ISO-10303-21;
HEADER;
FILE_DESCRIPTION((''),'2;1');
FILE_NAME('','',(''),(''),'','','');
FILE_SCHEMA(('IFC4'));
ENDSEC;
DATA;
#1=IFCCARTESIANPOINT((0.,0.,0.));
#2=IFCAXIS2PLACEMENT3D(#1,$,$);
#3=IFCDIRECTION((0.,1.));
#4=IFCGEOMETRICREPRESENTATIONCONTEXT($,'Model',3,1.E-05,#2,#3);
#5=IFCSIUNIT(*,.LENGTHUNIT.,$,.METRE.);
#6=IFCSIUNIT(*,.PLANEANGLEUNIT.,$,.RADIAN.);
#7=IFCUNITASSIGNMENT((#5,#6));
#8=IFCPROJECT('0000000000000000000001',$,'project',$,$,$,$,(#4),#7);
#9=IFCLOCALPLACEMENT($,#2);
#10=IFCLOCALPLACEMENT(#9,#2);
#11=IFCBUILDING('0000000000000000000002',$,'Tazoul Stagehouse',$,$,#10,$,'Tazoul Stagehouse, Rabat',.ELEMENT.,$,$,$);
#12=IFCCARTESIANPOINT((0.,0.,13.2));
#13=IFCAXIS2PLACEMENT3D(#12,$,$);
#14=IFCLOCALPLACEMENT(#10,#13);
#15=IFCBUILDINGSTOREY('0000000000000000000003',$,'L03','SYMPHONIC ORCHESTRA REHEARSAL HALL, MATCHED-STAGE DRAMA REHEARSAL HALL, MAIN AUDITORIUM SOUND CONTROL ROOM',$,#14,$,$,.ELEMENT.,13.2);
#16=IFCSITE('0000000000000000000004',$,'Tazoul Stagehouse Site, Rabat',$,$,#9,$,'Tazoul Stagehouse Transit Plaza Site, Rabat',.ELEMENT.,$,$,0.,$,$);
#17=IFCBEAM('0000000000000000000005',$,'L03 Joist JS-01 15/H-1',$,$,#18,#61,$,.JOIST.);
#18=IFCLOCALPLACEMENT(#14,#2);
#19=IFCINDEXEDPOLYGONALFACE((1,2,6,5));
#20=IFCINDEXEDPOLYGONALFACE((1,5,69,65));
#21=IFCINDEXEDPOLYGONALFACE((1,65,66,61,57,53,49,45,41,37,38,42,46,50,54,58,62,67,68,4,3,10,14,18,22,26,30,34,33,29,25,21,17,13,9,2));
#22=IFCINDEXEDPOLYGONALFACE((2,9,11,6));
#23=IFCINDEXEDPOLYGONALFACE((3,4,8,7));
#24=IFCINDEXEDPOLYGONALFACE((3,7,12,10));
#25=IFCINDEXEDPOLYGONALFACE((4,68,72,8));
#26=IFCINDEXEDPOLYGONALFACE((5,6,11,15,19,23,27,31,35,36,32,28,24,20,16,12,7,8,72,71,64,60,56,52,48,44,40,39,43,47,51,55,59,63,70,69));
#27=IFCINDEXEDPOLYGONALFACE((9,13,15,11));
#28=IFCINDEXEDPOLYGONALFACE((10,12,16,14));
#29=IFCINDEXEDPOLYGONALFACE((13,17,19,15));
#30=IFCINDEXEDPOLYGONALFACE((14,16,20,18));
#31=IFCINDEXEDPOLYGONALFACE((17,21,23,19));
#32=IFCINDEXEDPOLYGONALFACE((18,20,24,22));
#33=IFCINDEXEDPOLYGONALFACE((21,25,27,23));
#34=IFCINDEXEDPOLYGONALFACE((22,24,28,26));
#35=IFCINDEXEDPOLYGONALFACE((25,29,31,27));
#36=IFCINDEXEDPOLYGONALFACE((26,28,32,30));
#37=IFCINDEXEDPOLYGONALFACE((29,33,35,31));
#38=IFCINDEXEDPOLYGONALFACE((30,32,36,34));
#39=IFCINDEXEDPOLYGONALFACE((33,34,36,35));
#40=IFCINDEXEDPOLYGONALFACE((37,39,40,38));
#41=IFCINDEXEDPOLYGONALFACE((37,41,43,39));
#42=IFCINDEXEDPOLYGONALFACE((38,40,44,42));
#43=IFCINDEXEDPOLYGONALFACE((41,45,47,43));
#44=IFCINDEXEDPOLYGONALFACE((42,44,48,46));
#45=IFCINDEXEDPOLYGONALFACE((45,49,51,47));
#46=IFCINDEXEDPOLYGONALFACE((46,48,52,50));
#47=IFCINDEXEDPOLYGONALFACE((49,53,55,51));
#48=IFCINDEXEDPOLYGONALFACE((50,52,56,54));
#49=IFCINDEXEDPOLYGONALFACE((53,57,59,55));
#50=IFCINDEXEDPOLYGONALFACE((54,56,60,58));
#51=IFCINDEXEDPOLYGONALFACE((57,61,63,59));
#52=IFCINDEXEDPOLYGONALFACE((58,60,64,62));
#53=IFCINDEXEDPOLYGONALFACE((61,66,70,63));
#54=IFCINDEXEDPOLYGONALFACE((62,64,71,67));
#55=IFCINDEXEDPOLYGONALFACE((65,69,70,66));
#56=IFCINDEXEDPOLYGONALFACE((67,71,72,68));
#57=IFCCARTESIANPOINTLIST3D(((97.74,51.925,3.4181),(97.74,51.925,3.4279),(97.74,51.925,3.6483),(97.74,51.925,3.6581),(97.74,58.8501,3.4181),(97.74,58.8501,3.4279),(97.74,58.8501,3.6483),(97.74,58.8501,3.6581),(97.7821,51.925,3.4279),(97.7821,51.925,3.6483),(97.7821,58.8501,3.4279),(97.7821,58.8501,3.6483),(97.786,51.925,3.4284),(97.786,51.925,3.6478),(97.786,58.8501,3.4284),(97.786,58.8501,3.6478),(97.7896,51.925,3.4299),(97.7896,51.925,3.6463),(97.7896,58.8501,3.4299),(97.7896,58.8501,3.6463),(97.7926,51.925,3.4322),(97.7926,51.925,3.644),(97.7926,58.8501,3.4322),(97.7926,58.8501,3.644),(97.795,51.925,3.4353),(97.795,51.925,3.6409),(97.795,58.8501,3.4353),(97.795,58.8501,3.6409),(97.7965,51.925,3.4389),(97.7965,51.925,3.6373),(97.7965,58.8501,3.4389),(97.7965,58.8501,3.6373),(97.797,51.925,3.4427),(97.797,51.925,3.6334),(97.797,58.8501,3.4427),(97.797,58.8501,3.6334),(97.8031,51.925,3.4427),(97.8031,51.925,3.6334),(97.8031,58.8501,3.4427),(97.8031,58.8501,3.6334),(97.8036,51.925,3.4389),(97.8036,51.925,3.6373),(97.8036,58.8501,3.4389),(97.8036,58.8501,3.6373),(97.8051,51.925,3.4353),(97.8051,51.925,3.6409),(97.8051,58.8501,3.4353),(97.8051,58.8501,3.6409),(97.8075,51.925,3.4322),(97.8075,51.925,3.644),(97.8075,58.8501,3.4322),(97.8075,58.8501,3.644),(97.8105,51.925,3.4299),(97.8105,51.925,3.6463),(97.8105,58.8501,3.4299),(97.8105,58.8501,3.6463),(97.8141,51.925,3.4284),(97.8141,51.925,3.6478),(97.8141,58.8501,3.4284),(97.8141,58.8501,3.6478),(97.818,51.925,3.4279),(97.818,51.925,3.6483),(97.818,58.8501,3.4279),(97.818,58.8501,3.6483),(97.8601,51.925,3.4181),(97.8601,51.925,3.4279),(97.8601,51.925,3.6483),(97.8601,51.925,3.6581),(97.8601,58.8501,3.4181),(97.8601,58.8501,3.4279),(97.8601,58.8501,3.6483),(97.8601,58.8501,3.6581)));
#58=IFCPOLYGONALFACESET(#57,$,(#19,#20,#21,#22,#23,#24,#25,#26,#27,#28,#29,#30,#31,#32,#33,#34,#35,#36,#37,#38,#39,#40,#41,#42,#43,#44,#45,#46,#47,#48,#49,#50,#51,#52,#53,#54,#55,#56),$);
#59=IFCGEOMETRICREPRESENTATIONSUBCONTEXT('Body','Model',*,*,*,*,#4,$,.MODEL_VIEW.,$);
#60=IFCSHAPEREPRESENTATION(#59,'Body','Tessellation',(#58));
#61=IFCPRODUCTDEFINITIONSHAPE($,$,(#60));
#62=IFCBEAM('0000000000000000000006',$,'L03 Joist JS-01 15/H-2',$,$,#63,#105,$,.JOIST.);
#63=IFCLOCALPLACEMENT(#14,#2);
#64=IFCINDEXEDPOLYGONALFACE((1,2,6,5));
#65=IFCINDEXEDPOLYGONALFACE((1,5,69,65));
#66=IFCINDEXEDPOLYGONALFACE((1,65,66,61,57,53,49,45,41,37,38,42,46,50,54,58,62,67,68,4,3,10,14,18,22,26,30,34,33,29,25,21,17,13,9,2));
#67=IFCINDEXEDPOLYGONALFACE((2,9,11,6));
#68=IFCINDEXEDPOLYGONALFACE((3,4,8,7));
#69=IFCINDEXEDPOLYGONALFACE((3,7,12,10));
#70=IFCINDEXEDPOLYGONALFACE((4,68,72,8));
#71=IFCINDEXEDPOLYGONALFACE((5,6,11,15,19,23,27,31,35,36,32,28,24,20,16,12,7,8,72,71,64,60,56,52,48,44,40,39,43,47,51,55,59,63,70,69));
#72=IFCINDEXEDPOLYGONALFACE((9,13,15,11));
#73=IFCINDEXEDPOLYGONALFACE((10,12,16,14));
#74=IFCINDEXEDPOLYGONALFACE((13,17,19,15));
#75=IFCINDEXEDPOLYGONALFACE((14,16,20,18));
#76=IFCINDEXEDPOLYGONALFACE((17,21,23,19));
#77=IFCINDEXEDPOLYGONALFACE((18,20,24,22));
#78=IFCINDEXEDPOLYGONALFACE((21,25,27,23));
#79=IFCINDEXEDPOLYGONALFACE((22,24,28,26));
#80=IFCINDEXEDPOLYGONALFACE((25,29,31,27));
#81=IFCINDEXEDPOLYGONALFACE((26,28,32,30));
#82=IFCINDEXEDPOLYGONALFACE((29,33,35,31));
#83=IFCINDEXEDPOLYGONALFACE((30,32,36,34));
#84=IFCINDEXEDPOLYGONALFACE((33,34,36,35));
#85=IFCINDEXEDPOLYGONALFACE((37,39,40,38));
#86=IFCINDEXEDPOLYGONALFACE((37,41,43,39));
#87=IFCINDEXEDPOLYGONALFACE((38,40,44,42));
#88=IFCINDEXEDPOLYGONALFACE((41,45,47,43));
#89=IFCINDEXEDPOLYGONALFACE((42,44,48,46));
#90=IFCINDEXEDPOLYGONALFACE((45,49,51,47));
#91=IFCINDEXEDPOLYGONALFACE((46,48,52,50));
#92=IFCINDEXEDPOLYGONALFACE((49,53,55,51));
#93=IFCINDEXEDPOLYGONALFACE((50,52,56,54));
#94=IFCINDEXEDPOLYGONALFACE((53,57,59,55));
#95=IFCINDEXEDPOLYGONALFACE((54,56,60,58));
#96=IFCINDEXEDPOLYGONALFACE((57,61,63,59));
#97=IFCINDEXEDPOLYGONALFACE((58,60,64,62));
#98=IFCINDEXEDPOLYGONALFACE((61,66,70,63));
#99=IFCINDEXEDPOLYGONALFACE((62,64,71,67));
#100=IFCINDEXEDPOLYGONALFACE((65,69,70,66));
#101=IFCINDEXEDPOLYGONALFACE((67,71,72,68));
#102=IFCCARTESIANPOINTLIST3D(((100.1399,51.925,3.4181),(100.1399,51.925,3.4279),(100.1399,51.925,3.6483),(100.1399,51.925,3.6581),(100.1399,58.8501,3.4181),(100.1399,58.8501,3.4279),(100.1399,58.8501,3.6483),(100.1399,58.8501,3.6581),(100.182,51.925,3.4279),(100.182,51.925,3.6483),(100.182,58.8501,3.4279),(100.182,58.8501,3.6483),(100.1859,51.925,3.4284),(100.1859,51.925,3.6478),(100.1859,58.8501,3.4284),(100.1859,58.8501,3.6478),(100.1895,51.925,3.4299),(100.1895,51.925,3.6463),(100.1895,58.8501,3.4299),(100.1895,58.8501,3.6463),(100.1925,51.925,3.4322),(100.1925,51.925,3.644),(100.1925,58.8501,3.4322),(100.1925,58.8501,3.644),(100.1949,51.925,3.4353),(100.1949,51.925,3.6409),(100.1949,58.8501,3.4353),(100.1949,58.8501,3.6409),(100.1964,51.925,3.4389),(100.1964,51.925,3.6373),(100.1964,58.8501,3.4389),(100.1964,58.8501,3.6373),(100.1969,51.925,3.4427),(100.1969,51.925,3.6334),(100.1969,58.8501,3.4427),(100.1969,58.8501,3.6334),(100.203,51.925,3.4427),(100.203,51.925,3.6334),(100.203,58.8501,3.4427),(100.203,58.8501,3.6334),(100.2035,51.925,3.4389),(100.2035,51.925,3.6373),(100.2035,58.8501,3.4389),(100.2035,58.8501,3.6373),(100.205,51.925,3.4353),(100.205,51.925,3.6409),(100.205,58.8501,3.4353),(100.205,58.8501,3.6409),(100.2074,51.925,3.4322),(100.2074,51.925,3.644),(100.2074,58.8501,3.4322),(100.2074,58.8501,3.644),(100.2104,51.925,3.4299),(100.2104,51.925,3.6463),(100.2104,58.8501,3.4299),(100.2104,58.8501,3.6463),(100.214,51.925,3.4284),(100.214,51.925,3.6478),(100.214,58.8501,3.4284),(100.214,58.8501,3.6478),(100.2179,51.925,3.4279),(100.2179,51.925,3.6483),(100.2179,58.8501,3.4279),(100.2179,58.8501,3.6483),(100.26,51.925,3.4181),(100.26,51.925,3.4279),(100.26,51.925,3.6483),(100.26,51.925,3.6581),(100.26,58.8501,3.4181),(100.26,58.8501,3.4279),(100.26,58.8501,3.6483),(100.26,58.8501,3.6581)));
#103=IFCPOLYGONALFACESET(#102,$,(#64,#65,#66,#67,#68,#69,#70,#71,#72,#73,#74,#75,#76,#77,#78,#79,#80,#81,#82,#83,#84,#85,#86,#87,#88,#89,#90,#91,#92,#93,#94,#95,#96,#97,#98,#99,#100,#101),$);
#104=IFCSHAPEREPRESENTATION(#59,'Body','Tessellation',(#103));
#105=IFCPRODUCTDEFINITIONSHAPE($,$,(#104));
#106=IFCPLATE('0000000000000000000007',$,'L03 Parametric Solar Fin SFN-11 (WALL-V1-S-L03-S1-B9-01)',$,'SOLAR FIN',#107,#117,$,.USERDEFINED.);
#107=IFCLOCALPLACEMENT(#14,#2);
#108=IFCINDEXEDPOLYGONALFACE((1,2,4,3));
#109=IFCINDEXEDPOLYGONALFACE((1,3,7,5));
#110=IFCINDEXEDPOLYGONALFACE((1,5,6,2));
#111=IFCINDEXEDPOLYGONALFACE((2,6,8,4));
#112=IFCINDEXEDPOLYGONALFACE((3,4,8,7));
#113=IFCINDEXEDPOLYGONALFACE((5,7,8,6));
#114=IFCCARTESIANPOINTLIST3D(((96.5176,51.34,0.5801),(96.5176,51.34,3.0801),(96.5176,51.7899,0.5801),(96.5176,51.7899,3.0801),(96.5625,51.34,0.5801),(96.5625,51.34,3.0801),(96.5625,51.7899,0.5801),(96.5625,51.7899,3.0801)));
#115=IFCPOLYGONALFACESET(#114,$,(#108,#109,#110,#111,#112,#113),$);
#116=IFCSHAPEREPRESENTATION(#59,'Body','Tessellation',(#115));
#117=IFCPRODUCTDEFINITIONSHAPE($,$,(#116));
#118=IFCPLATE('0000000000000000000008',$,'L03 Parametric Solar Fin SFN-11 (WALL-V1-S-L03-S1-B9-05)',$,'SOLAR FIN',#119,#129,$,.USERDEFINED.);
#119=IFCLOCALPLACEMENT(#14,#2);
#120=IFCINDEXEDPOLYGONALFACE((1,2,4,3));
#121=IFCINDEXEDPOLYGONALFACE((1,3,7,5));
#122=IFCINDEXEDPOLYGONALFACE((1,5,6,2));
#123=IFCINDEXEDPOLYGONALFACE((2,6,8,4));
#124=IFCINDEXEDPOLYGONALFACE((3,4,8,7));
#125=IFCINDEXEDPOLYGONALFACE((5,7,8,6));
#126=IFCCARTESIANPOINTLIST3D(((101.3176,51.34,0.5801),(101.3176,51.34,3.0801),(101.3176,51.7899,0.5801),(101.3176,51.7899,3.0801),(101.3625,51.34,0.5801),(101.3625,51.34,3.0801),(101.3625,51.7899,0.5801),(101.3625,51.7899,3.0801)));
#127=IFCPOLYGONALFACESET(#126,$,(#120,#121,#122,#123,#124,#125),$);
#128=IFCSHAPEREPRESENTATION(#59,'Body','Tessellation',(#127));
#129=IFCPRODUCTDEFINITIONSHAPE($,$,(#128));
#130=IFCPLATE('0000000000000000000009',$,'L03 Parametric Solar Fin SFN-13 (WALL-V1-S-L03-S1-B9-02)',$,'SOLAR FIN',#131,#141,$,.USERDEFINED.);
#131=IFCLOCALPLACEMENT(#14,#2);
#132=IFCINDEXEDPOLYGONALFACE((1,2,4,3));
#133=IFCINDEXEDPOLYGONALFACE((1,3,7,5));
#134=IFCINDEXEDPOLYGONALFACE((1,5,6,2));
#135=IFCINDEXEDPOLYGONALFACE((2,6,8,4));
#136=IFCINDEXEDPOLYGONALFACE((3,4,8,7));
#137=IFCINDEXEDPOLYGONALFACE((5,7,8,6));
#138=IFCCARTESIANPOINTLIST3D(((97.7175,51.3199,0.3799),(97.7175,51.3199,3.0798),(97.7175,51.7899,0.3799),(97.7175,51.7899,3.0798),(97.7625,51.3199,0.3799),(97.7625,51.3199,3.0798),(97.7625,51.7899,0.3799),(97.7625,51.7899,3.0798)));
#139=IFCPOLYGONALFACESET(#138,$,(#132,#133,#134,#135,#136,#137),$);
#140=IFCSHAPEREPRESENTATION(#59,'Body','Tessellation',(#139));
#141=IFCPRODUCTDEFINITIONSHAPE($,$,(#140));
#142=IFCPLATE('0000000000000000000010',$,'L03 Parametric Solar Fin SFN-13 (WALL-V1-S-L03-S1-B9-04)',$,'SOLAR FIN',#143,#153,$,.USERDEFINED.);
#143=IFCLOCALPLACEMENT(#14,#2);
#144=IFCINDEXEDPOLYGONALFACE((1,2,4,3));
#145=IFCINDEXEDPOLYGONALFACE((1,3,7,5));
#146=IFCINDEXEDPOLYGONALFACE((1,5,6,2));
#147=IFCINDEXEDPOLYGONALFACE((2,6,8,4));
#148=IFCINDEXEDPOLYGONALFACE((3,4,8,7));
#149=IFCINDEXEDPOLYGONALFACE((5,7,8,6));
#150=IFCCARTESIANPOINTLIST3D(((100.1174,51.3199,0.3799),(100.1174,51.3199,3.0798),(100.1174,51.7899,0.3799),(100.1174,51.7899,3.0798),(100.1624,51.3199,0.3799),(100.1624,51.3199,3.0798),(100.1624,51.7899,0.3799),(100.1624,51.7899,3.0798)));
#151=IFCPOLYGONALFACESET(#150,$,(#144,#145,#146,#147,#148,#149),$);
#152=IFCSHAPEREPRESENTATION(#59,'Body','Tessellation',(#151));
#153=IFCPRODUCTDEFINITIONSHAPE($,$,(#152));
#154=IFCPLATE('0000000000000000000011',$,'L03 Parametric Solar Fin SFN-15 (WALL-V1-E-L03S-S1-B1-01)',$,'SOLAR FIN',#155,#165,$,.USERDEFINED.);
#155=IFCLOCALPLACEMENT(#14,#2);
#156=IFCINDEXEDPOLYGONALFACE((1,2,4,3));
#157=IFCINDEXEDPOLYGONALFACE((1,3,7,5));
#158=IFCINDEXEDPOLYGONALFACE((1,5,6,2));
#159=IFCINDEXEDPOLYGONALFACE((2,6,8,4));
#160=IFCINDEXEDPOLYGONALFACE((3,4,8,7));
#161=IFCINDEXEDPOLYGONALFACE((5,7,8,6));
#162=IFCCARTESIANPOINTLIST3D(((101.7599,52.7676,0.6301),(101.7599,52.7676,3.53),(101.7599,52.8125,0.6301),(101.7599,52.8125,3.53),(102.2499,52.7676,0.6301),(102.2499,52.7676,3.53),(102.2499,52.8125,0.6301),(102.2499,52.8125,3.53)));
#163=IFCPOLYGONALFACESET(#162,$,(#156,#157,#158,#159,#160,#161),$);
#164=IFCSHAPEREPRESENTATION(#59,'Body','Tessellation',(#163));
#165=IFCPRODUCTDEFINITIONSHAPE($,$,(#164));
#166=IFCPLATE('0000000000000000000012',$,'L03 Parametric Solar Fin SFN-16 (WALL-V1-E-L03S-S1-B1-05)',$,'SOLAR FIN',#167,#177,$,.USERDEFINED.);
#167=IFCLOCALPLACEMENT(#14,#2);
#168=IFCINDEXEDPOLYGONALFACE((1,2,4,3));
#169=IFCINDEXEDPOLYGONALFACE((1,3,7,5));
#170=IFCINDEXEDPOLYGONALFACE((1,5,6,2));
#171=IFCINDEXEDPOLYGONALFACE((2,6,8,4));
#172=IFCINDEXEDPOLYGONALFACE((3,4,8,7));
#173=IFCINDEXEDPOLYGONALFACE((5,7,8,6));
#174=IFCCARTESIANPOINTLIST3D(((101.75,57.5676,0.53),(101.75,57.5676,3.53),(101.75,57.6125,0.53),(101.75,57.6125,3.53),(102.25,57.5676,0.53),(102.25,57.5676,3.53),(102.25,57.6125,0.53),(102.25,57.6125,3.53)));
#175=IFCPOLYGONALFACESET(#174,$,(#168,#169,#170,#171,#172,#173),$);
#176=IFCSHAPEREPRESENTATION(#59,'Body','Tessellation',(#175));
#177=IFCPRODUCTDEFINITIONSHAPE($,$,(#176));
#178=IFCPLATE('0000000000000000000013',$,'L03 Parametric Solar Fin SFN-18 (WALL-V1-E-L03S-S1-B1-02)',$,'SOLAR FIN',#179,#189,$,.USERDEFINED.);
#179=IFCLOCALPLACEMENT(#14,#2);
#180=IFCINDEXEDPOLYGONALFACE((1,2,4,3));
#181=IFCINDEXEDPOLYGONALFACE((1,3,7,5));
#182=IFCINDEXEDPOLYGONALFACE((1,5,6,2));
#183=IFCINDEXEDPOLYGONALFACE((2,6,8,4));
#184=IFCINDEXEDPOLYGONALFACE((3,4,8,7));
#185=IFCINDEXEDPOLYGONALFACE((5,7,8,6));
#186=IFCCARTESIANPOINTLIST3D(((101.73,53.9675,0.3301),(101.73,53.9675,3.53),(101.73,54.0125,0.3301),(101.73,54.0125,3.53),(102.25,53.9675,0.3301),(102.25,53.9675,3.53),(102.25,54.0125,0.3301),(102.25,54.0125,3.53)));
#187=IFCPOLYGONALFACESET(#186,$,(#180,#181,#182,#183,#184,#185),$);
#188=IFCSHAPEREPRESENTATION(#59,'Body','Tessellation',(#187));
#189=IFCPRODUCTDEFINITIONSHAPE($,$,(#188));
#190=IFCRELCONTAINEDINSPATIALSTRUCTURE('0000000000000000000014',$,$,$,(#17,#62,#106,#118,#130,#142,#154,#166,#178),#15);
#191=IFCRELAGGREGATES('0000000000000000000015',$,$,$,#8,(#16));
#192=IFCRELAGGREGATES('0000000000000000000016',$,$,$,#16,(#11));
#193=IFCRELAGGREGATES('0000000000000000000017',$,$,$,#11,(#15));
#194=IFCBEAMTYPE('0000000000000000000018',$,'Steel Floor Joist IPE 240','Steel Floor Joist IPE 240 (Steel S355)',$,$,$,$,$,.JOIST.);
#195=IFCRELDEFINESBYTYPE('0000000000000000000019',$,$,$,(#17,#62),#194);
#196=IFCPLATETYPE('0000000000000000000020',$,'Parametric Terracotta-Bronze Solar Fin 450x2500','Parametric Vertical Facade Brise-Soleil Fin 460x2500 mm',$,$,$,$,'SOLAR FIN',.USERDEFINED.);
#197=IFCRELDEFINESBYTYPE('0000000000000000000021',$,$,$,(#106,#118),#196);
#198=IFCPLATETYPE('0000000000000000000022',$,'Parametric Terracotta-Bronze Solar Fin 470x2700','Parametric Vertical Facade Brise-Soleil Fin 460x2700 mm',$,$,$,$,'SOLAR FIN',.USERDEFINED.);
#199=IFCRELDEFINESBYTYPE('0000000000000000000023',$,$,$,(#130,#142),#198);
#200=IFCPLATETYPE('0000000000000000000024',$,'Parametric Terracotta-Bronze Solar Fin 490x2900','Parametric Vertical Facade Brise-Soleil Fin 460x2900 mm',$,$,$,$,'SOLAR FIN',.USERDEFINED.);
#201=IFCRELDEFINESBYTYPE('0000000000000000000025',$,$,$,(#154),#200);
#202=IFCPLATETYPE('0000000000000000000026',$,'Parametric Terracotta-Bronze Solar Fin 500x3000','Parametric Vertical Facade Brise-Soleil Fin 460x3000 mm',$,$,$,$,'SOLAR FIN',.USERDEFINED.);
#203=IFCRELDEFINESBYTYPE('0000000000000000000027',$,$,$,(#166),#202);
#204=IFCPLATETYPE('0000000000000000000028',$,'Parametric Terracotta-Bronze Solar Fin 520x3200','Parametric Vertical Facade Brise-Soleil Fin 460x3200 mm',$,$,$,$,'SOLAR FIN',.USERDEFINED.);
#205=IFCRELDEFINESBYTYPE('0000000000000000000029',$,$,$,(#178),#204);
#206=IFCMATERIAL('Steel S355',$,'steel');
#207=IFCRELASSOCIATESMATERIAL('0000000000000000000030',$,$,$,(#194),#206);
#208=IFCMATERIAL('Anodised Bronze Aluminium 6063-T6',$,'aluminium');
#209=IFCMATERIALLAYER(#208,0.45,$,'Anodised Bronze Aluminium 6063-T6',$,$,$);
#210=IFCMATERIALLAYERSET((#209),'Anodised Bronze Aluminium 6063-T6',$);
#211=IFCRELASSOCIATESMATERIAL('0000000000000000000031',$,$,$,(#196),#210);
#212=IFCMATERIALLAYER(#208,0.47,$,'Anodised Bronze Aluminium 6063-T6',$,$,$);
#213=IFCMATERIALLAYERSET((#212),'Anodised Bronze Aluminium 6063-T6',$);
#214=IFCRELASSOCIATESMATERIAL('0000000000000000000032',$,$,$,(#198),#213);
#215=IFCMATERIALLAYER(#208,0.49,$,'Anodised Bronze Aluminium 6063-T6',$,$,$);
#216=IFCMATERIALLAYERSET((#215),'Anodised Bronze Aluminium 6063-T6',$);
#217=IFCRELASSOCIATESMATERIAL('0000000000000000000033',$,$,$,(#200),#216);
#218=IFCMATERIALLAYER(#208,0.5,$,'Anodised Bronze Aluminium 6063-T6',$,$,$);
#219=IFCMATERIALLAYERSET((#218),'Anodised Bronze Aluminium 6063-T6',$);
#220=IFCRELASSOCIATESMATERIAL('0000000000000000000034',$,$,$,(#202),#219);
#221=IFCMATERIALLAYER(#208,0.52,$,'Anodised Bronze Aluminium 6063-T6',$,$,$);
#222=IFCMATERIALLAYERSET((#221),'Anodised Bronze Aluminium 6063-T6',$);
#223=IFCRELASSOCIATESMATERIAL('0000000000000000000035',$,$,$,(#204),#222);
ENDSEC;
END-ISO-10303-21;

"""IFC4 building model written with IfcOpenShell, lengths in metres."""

from ifc_helpers import new_model, si_unit, direction, frame, origin, origin_2d, place, context, subcontext, project, spatial, rectangle, i_section, extrude, material, layer, layer_set, material_profile, profile_set, type_object, element, save


model = new_model("IFC4")

# Units and contexts
model_context = context("Model", 3, precision=1e-05, world=origin(), true_north=direction((0.0, 1.0)))
body_context = subcontext(model_context, "Body", "Model", "MODEL_VIEW")
ifc_project = project(units=[si_unit("LENGTHUNIT", "METRE"), si_unit("PLANEANGLEUNIT", "RADIAN")], contexts=[model_context])

# Site, building, storey
site_placement = place(None, origin())
site = spatial("IfcSite", under=ifc_project, at=site_placement, Name="Tazoul Stagehouse Site, Rabat", LongName="Tazoul Stagehouse Transit Plaza Site, Rabat", CompositionType="ELEMENT", RefElevation=0.0)
building_placement = place(site_placement, origin())
building = spatial("IfcBuilding", under=site, at=building_placement, Name="Tazoul Stagehouse", LongName="Tazoul Stagehouse, Rabat", CompositionType="ELEMENT")
storey_placement = place(building_placement, frame((0.0, 0.0, 13.2)))
storey = spatial("IfcBuildingStorey", under=building, at=storey_placement, Name="L03", Description="SYMPHONIC ORCHESTRA REHEARSAL HALL, MATCHED-STAGE DRAMA REHEARSAL HALL, MAIN AUDITORIUM SOUND CONTROL ROOM", CompositionType="ELEMENT", Elevation=13.2)

# Beams
ifc_material_1 = material(Name="Steel S355", Category="steel")
ifc_material_profile_1 = material_profile(ifc_material_1, i_section(OverallWidth=0.1201, OverallDepth=0.24, WebThickness=0.0061, FlangeThickness=0.0098, FilletRadius=0.0149, at=origin_2d()), Name="IPE 240")
ifc_profile_set_1 = profile_set([ifc_material_profile_1], Name="Steel S355")
beam_type_1 = type_object("IfcBeamType", Name="Steel Floor Joist IPE 240", Description="Steel Floor Joist IPE 240 (Steel S355)", PredefinedType="JOIST", material=ifc_profile_set_1)
for number, where, z_axis, x_axis, name in (
    (1, (97.8, 51.925, 3.5381), (0.0, 1.0, 0.0), (-1.0, 0.0, 0.0), "L03 Joist JS-01 15/H-1"),
    (2, (100.2, 51.925, 3.5381), (0.0, 1.0, 0.0), (-1.0, 0.0, 0.0), "L03 Joist JS-01 15/H-2"),
):
    element("IfcBeam", number, at=place(storey_placement, frame(where, z_axis=z_axis, x_axis=x_axis)), inside=storey, type_object=beam_type_1, Name=name, PredefinedType="JOIST", context=body_context, shape_type="SweptSolid", body=[
        extrude(i_section(OverallWidth=0.1201, OverallDepth=0.24, WebThickness=0.0061, FlangeThickness=0.0098, FilletRadius=0.0149, at=origin_2d()), origin(), (0.0, 0.0, 1.0), 6.925),
    ])

# Plates
ifc_material_2 = material(Name="Anodised Bronze Aluminium 6063-T6", Category="aluminium")
ifc_layer_1 = layer(ifc_material_2, 0.45, Name="Anodised Bronze Aluminium 6063-T6")
ifc_layer_set_1 = layer_set([ifc_layer_1], Name="Anodised Bronze Aluminium 6063-T6")
plate_type_1 = type_object("IfcPlateType", Name="Parametric Terracotta-Bronze Solar Fin 450x2500", Description="Parametric Vertical Facade Brise-Soleil Fin 460x2500 mm", ElementType="SOLAR FIN", PredefinedType="USERDEFINED", material=ifc_layer_set_1)
for number, where, z_axis, x_axis, name in (
    (3, (96.54, 51.5649, 0.5801), (0.0, 0.0, 1.0), (1.0, 0.0, 0.0), "L03 Parametric Solar Fin SFN-11 (WALL-V1-S-L03-S1-B9-01)"),
    (4, (101.3401, 51.5649, 0.5801), (0.0, 0.0, 1.0), (1.0, 0.0, 0.0), "L03 Parametric Solar Fin SFN-11 (WALL-V1-S-L03-S1-B9-05)"),
):
    element("IfcPlate", number, at=place(storey_placement, frame(where, z_axis=z_axis, x_axis=x_axis)), inside=storey, type_object=plate_type_1, Name=name, ObjectType="SOLAR FIN", PredefinedType="USERDEFINED", context=body_context, shape_type="SweptSolid", body=[
        extrude(rectangle(XDim=0.0449, YDim=0.45, at=origin_2d()), origin(), (0.0, 0.0, 1.0), 2.5),
    ])
ifc_layer_2 = layer(ifc_material_2, 0.47, Name="Anodised Bronze Aluminium 6063-T6")
ifc_layer_set_2 = layer_set([ifc_layer_2], Name="Anodised Bronze Aluminium 6063-T6")
plate_type_2 = type_object("IfcPlateType", Name="Parametric Terracotta-Bronze Solar Fin 470x2700", Description="Parametric Vertical Facade Brise-Soleil Fin 460x2700 mm", ElementType="SOLAR FIN", PredefinedType="USERDEFINED", material=ifc_layer_set_2)
for number, where, z_axis, x_axis, name in (
    (5, (97.74, 51.5549, 0.3799), (0.0, 0.0, 1.0), (1.0, 0.0, 0.0), "L03 Parametric Solar Fin SFN-13 (WALL-V1-S-L03-S1-B9-02)"),
    (6, (100.1399, 51.5549, 0.3799), (0.0, 0.0, 1.0), (1.0, 0.0, 0.0), "L03 Parametric Solar Fin SFN-13 (WALL-V1-S-L03-S1-B9-04)"),
):
    element("IfcPlate", number, at=place(storey_placement, frame(where, z_axis=z_axis, x_axis=x_axis)), inside=storey, type_object=plate_type_2, Name=name, ObjectType="SOLAR FIN", PredefinedType="USERDEFINED", context=body_context, shape_type="SweptSolid", body=[
        extrude(rectangle(XDim=0.0449, YDim=0.47, at=origin_2d()), origin(), (0.0, 0.0, 1.0), 2.7),
    ])
ifc_layer_3 = layer(ifc_material_2, 0.49, Name="Anodised Bronze Aluminium 6063-T6")
ifc_layer_set_3 = layer_set([ifc_layer_3], Name="Anodised Bronze Aluminium 6063-T6")
plate_type_3 = type_object("IfcPlateType", Name="Parametric Terracotta-Bronze Solar Fin 490x2900", Description="Parametric Vertical Facade Brise-Soleil Fin 460x2900 mm", ElementType="SOLAR FIN", PredefinedType="USERDEFINED", material=ifc_layer_set_3)
plate_1_placement = place(storey_placement, frame((102.0049, 52.79, 0.6301), z_axis=(0.0, 0.0, 1.0), x_axis=(0.0, 1.0, 0.0)))
element("IfcPlate", 7, at=plate_1_placement, inside=storey, type_object=plate_type_3, Name="L03 Parametric Solar Fin SFN-15 (WALL-V1-E-L03S-S1-B1-01)", ObjectType="SOLAR FIN", PredefinedType="USERDEFINED", context=body_context, shape_type="SweptSolid", body=[
    extrude(rectangle(XDim=0.0449, YDim=0.49, at=origin_2d()), origin(), (0.0, 0.0, 1.0), 2.8999),
])
ifc_layer_4 = layer(ifc_material_2, 0.5, Name="Anodised Bronze Aluminium 6063-T6")
ifc_layer_set_4 = layer_set([ifc_layer_4], Name="Anodised Bronze Aluminium 6063-T6")
plate_type_4 = type_object("IfcPlateType", Name="Parametric Terracotta-Bronze Solar Fin 500x3000", Description="Parametric Vertical Facade Brise-Soleil Fin 460x3000 mm", ElementType="SOLAR FIN", PredefinedType="USERDEFINED", material=ifc_layer_set_4)
plate_2_placement = place(storey_placement, frame((102.0, 57.5901, 0.53), z_axis=(0.0, 0.0, 1.0), x_axis=(0.0, 1.0, 0.0)))
element("IfcPlate", 8, at=plate_2_placement, inside=storey, type_object=plate_type_4, Name="L03 Parametric Solar Fin SFN-16 (WALL-V1-E-L03S-S1-B1-05)", ObjectType="SOLAR FIN", PredefinedType="USERDEFINED", context=body_context, shape_type="SweptSolid", body=[
    extrude(rectangle(XDim=0.0449, YDim=0.5, at=origin_2d()), origin(), (0.0, 0.0, 1.0), 3.0),
])
ifc_layer_5 = layer(ifc_material_2, 0.52, Name="Anodised Bronze Aluminium 6063-T6")
ifc_layer_set_5 = layer_set([ifc_layer_5], Name="Anodised Bronze Aluminium 6063-T6")
plate_type_5 = type_object("IfcPlateType", Name="Parametric Terracotta-Bronze Solar Fin 520x3200", Description="Parametric Vertical Facade Brise-Soleil Fin 460x3200 mm", ElementType="SOLAR FIN", PredefinedType="USERDEFINED", material=ifc_layer_set_5)
for number, where, z_axis, x_axis, name in (
    (9, (101.99, 53.99, 0.3301), (0.0, 0.0, 1.0), (0.0, 1.0, 0.0), "L03 Parametric Solar Fin SFN-18 (WALL-V1-E-L03S-S1-B1-02)"),
):
    element("IfcPlate", number, at=place(storey_placement, frame(where, z_axis=z_axis, x_axis=x_axis)), inside=storey, type_object=plate_type_5, Name=name, ObjectType="SOLAR FIN", PredefinedType="USERDEFINED", context=body_context, shape_type="SweptSolid", body=[
        extrude(rectangle(XDim=0.0449, YDim=0.52, at=origin_2d()), origin(), (0.0, 0.0, 1.0), 3.2),
    ])

save(model, "model.ifc")
